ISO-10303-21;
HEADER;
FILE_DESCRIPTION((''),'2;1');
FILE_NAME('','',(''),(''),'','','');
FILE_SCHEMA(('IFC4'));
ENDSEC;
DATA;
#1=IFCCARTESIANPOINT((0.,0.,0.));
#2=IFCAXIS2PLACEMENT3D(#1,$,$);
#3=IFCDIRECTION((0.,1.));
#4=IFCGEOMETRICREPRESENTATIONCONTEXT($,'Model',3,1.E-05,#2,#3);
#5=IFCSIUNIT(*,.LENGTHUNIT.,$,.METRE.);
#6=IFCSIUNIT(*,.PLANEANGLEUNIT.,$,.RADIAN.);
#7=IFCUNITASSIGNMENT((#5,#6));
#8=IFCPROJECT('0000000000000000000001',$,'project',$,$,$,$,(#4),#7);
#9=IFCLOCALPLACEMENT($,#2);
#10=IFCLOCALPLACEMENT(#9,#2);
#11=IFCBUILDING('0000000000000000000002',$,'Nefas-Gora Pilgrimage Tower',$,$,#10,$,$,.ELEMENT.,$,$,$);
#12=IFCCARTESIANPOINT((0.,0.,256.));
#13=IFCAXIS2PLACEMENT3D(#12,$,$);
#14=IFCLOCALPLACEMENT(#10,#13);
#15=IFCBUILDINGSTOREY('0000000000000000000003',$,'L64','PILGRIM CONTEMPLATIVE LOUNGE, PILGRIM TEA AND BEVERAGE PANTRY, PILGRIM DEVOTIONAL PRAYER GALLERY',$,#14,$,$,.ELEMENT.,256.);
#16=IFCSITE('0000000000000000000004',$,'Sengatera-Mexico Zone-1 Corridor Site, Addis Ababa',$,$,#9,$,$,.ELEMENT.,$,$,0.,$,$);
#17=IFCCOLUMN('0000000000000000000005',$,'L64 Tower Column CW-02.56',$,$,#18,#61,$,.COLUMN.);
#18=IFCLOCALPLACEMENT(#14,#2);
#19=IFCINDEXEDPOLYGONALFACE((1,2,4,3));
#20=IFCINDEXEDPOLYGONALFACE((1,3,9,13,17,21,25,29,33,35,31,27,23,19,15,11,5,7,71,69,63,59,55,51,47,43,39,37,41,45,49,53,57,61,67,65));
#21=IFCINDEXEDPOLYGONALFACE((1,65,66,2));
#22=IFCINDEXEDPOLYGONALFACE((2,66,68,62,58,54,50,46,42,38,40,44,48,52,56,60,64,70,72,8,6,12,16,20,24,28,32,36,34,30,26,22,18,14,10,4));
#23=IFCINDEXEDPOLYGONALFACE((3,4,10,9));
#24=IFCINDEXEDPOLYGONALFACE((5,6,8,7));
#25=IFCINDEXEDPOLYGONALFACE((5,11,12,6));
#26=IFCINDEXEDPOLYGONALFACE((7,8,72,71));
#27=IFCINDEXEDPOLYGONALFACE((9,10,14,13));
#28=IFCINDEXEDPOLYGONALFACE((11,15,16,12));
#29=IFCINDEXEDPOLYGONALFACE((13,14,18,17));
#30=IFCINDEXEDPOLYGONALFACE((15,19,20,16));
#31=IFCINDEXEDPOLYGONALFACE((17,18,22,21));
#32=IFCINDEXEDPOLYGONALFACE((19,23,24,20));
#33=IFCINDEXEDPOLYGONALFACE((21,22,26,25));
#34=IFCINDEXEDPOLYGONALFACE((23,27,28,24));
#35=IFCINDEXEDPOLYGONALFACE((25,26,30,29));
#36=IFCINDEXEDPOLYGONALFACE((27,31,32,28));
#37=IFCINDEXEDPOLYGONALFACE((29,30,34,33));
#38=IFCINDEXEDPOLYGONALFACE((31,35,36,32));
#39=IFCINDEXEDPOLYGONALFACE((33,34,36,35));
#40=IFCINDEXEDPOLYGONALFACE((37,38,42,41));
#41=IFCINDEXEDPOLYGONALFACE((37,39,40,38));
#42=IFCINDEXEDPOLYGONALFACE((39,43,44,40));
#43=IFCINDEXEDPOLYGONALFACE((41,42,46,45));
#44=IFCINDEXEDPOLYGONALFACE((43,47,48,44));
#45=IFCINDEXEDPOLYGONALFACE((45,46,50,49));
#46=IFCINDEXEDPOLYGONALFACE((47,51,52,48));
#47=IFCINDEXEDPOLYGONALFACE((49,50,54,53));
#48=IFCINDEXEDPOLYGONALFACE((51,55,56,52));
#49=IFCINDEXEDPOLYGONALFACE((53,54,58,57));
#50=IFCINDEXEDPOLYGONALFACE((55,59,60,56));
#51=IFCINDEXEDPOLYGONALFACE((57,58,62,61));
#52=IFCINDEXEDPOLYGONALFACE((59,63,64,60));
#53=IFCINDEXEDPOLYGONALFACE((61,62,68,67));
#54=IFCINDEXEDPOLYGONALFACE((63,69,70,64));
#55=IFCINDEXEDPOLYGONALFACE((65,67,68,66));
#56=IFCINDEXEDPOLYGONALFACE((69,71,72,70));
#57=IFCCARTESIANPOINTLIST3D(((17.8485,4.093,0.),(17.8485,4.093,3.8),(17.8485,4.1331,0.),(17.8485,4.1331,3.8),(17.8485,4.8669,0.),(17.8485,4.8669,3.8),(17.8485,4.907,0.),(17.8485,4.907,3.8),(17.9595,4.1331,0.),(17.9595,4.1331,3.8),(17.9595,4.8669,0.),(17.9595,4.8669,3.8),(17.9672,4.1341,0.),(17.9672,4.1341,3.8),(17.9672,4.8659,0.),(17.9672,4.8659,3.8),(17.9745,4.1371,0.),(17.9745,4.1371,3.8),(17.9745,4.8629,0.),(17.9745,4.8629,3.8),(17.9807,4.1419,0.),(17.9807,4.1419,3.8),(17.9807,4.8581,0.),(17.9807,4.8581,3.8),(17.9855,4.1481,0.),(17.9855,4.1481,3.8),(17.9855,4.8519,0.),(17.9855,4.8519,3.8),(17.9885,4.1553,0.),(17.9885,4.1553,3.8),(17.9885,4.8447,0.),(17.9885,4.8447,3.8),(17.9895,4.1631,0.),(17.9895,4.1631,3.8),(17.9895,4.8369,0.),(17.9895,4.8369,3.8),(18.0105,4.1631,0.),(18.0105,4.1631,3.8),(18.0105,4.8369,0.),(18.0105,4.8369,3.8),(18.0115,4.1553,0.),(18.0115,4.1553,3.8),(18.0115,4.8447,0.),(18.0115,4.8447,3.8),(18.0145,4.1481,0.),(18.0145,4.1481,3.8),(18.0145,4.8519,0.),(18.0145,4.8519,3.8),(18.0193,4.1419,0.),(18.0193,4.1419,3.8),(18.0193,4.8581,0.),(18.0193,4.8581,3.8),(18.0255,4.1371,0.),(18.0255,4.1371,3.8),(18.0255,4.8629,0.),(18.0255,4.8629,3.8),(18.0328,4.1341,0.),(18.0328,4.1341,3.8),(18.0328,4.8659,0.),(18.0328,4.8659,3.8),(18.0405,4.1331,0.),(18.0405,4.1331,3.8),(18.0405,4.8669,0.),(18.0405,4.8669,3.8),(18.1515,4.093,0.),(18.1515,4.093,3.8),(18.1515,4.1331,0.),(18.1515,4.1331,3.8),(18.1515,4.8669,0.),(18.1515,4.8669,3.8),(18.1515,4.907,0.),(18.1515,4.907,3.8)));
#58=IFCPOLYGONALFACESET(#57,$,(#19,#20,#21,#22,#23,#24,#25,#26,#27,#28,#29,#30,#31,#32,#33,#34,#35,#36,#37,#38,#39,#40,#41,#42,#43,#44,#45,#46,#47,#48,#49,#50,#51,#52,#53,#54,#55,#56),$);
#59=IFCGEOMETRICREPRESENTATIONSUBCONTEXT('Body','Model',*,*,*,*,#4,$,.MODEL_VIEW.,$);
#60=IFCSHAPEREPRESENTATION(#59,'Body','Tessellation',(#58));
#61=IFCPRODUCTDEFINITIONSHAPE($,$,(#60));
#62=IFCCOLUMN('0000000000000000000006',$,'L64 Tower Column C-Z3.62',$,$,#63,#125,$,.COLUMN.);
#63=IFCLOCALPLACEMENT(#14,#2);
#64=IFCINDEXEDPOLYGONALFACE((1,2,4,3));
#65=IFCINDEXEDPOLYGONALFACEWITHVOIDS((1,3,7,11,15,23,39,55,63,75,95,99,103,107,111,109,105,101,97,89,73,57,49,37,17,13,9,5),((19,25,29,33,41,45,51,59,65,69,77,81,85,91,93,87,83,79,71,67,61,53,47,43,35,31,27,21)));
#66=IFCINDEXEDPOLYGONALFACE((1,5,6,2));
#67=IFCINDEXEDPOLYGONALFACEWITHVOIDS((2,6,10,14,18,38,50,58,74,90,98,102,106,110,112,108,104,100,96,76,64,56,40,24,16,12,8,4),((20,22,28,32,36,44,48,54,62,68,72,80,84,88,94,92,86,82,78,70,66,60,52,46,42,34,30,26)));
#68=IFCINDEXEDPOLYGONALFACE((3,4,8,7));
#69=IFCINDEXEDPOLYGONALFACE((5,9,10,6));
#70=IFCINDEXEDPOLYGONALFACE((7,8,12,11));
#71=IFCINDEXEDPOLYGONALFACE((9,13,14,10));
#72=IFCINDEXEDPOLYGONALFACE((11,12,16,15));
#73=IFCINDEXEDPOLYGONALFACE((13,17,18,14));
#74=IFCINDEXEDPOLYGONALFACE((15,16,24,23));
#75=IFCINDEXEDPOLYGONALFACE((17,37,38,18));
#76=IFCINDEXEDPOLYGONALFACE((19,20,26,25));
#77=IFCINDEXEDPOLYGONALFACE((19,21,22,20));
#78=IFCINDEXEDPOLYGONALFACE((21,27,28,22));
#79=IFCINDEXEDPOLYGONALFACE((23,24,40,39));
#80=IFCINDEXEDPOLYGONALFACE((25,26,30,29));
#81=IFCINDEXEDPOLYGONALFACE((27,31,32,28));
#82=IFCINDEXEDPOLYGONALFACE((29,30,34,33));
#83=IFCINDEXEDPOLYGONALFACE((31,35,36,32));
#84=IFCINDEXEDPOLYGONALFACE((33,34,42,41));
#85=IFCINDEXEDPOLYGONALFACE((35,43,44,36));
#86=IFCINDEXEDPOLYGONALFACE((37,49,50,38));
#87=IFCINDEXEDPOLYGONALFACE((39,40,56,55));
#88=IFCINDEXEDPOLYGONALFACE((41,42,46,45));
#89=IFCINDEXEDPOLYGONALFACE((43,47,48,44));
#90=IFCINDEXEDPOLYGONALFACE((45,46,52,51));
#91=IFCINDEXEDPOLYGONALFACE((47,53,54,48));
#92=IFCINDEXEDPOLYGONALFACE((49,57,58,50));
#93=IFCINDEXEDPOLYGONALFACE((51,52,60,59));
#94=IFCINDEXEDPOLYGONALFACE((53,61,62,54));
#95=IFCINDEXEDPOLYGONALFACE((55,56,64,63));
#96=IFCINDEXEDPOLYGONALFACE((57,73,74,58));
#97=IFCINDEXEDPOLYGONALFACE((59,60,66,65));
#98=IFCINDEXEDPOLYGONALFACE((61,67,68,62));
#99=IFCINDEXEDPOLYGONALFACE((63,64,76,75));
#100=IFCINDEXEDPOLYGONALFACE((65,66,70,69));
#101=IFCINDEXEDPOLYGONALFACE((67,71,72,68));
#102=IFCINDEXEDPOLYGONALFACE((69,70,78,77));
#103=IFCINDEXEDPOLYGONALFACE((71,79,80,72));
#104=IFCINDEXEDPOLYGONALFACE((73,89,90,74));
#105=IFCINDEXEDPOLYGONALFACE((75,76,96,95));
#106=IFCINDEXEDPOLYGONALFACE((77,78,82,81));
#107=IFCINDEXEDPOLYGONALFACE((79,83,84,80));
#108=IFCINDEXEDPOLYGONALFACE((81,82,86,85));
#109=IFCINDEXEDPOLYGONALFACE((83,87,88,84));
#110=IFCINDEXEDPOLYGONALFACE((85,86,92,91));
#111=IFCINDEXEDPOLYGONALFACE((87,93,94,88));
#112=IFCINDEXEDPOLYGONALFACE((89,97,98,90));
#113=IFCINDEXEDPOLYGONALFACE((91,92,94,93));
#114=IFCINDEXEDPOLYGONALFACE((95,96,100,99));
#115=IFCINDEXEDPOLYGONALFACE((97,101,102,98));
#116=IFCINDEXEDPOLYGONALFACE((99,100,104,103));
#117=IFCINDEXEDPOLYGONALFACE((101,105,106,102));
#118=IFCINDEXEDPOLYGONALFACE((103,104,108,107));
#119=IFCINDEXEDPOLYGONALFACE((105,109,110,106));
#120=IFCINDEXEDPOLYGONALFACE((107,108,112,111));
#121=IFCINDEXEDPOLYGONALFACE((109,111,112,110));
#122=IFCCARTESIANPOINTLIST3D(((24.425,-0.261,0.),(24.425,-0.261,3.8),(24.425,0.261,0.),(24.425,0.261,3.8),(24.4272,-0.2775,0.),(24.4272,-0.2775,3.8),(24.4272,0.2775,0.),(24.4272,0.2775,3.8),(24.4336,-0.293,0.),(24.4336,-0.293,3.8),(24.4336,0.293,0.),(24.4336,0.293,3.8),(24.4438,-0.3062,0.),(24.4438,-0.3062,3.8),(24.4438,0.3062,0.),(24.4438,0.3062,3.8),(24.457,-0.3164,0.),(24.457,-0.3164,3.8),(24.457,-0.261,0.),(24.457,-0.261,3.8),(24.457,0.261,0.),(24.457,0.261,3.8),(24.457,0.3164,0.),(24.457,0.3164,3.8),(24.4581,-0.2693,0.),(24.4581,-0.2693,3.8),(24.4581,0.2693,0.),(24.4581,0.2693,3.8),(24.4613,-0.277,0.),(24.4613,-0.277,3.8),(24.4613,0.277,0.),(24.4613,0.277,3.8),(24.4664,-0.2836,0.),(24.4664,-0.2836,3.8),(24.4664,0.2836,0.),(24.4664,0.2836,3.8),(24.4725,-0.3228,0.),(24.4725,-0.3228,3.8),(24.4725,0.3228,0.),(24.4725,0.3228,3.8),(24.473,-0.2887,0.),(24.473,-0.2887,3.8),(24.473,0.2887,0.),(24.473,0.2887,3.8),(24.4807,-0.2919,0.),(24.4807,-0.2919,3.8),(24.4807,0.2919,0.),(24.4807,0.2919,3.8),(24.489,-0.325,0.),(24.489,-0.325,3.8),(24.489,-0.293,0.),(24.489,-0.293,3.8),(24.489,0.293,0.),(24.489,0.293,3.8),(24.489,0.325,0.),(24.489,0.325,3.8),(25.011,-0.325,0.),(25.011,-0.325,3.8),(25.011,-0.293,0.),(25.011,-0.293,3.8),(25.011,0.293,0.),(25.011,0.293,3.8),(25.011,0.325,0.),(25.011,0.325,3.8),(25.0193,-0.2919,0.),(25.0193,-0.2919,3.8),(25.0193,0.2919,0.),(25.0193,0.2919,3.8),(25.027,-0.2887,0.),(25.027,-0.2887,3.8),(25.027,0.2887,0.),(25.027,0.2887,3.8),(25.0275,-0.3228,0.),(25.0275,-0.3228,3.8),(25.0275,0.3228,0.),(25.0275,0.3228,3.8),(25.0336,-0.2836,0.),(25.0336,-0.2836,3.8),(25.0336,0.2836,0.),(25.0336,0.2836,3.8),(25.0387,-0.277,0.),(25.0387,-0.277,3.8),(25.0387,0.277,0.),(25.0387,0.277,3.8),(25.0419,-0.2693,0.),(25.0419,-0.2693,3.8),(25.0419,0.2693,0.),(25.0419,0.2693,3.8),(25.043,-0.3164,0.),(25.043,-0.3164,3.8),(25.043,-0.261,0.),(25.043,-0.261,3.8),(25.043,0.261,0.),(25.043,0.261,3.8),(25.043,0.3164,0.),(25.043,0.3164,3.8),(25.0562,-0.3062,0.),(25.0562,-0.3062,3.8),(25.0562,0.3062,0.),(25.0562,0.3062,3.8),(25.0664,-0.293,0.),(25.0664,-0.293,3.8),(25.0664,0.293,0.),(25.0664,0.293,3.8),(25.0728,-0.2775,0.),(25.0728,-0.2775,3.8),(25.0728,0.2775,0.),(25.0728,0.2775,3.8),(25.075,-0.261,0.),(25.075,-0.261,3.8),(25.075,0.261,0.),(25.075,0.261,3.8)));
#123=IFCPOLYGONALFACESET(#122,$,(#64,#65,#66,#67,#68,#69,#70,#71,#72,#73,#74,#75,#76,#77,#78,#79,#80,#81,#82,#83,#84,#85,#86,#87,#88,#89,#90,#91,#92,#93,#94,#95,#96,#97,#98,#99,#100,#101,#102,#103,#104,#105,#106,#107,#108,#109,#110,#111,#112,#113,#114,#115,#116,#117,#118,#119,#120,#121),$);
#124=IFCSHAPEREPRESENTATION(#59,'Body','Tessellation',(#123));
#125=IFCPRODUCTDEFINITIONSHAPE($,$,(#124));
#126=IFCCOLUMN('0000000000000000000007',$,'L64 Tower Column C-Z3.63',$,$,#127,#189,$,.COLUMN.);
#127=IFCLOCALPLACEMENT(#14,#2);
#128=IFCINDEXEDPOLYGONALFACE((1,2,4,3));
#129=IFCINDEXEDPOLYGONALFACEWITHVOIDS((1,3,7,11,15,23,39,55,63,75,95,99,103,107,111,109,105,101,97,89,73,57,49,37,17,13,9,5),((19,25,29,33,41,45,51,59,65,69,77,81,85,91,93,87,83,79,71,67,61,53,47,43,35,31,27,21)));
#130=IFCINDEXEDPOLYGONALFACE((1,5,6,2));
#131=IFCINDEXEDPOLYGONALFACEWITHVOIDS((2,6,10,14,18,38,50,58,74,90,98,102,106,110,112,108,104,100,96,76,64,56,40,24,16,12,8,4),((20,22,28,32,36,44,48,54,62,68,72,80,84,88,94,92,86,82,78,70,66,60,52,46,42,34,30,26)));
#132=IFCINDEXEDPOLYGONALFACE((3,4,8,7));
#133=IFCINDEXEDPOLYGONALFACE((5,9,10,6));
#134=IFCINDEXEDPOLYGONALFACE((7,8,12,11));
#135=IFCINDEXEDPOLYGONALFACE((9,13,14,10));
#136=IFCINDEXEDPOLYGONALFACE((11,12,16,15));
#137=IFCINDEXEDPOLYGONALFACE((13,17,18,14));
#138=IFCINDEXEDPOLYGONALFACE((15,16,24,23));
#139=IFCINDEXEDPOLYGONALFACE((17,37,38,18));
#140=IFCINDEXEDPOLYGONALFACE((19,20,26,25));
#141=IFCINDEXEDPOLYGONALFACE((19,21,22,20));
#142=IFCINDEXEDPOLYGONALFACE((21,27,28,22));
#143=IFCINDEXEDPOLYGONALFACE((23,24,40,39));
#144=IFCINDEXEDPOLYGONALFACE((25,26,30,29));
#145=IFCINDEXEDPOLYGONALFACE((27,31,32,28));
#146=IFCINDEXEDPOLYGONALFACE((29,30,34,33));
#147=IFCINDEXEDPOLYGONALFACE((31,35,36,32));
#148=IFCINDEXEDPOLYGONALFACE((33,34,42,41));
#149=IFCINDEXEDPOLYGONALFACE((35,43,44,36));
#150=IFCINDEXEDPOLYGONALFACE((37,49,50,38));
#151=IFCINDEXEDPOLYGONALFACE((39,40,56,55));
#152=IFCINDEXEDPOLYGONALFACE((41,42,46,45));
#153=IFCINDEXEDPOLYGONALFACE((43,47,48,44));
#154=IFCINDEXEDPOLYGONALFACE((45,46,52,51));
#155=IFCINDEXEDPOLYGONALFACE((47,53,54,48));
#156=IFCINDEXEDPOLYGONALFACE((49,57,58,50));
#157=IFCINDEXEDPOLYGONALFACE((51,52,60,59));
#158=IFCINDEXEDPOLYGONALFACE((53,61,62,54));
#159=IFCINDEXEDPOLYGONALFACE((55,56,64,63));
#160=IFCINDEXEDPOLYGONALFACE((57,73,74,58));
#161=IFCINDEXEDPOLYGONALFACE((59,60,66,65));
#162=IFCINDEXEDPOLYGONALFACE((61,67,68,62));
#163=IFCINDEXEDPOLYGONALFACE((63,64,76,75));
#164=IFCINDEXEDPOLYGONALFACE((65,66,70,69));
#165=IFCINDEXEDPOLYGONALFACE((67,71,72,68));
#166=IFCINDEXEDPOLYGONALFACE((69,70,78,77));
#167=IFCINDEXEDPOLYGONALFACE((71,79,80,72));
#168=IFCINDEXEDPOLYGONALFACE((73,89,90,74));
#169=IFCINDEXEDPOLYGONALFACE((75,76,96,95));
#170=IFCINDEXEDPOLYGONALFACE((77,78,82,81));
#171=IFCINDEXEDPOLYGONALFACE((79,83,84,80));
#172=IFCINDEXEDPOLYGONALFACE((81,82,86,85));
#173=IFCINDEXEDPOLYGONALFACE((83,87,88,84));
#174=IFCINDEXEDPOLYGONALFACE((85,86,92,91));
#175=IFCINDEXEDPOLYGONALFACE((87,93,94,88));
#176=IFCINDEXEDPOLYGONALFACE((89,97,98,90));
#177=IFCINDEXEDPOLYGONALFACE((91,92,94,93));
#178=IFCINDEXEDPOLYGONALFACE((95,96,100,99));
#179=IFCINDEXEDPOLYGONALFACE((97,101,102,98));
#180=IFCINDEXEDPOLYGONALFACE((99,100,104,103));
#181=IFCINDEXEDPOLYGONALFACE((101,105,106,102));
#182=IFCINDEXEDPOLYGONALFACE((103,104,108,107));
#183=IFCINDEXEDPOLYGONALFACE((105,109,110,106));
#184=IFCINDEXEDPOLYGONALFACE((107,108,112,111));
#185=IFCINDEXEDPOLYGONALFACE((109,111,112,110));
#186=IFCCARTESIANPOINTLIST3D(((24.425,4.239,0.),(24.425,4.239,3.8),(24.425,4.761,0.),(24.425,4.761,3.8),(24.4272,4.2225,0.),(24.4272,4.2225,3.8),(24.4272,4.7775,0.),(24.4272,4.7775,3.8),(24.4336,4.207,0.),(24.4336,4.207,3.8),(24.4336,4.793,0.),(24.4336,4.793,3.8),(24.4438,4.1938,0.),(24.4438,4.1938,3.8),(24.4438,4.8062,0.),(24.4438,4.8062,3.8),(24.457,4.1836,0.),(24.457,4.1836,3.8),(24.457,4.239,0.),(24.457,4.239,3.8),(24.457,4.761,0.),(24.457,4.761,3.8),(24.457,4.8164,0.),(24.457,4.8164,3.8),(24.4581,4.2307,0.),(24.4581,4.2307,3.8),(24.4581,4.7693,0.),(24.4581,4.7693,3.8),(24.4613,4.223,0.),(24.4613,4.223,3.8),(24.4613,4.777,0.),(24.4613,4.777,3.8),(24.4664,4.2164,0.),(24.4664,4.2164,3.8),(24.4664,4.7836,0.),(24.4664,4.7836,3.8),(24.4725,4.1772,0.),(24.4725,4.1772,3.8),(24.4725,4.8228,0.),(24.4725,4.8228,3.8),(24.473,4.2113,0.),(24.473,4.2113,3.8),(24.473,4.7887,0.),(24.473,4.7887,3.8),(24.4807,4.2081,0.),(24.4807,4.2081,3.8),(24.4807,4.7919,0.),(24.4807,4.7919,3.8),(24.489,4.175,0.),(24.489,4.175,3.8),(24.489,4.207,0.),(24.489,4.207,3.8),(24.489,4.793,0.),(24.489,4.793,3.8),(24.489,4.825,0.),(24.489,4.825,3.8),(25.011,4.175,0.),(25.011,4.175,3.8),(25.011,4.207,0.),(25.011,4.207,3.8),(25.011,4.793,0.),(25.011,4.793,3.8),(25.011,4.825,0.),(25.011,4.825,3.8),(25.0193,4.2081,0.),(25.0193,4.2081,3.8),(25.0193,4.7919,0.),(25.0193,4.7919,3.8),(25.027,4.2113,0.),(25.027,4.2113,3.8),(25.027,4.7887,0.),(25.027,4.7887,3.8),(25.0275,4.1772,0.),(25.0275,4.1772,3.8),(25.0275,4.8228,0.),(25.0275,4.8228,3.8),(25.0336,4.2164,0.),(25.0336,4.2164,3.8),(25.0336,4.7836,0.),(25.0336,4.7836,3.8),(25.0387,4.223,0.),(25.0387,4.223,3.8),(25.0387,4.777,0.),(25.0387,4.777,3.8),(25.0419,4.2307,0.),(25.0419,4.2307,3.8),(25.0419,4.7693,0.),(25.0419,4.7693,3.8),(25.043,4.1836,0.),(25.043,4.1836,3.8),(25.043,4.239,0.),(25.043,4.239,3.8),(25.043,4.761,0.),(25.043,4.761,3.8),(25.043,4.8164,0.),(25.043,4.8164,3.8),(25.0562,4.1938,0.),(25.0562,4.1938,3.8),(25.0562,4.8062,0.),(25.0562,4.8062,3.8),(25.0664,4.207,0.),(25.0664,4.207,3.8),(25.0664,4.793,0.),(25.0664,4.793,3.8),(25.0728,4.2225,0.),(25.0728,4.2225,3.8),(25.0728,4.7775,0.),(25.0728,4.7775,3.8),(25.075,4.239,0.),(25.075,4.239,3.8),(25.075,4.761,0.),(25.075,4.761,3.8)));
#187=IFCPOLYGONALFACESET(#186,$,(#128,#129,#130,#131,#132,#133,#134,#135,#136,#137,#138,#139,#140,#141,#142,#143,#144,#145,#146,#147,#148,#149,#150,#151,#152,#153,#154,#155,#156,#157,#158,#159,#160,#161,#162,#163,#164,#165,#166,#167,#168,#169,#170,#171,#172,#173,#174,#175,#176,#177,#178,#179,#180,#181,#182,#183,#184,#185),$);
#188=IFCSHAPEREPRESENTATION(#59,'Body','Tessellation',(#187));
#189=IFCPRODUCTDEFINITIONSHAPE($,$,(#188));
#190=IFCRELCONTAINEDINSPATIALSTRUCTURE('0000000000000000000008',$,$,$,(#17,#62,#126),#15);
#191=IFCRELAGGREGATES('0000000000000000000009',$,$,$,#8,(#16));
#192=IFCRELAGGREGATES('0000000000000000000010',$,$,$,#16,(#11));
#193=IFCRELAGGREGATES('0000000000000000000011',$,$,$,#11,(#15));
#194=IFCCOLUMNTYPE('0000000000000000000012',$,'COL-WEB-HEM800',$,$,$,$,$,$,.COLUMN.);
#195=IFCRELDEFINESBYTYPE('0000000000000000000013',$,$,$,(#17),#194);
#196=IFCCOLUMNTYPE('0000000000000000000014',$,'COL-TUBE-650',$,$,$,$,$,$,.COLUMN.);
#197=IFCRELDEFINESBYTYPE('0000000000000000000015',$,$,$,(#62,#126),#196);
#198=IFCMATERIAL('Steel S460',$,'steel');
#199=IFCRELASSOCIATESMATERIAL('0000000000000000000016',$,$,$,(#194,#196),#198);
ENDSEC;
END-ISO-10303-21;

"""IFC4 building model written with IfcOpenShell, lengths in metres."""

from ifc_helpers import new_model, si_unit, direction, frame, origin, origin_2d, place, context, subcontext, project, spatial, hollow_rectangle, i_section, extrude, source, transform, mapped, material, material_profile, profile_set, type_object, element, save


model = new_model("IFC4")

# Units and contexts
model_context = context("Model", 3, precision=1e-05, world=origin(), true_north=direction((0.0, 1.0)))
body_context = subcontext(model_context, "Body", "Model", "MODEL_VIEW")
ifc_project = project(units=[si_unit("LENGTHUNIT", "METRE"), si_unit("PLANEANGLEUNIT", "RADIAN")], contexts=[model_context])

# Site, building, storey
site_placement = place(None, origin())
site = spatial("IfcSite", under=ifc_project, at=site_placement, Name="Sengatera-Mexico Zone-1 Corridor Site, Addis Ababa", CompositionType="ELEMENT", RefElevation=0.0)
building_placement = place(site_placement, origin())
building = spatial("IfcBuilding", under=site, at=building_placement, Name="Nefas-Gora Pilgrimage Tower", CompositionType="ELEMENT")
storey_placement = place(building_placement, frame((0.0, 0.0, 256.0)))
storey = spatial("IfcBuildingStorey", under=building, at=storey_placement, Name="L64", Description="PILGRIM CONTEMPLATIVE LOUNGE, PILGRIM TEA AND BEVERAGE PANTRY, PILGRIM DEVOTIONAL PRAYER GALLERY", CompositionType="ELEMENT", Elevation=256.0)

# Columns
ifc_material_1 = material(Name="Steel S460", Category="steel")
ifc_material_profile_1 = material_profile(ifc_material_1, i_section(OverallWidth=0.303, OverallDepth=0.814, WebThickness=0.021, FlangeThickness=0.04, FilletRadius=0.03, at=origin_2d()), Name="HEM 800")
ifc_profile_set_1 = profile_set([ifc_material_profile_1], Name="Steel S460")
column_type_1 = type_object("IfcColumnType", Name="COL-WEB-HEM800", PredefinedType="COLUMN", material=ifc_profile_set_1)
shared_shape_1 = source(origin(), body_context, "Body", "SweptSolid", [
    extrude(i_section(OverallWidth=0.303, OverallDepth=0.814, WebThickness=0.021, FlangeThickness=0.04, FilletRadius=0.03, at=origin_2d()), origin(), (0.0, 0.0, 1.0), 3.8),
])
for number, where, z_axis, x_axis, name in (
    (1, (18.0, 4.5, 0.0), (0.0, 0.0, 1.0), (1.0, 0.0, 0.0), "L64 Tower Column CW-02.56"),
):
    element("IfcColumn", number, at=place(storey_placement, frame(where, z_axis=z_axis, x_axis=x_axis)), inside=storey, type_object=column_type_1, Name=name, PredefinedType="COLUMN", context=body_context, shape_type="MappedRepresentation", body=[
        mapped(shared_shape_1, transform((0.0, 0.0, 0.0), x_axis=(1.0, 0.0, 0.0), y_axis=(0.0, 1.0, 0.0), z_axis=(0.0, 0.0, 1.0), scale=1.0)),
    ])
ifc_material_profile_2 = material_profile(ifc_material_1, hollow_rectangle(XDim=0.6499, YDim=0.6499, WallThickness=0.032, InnerFilletRadius=0.032, OuterFilletRadius=0.064, at=origin_2d()), Name="BOX 650x650x32")
ifc_profile_set_2 = profile_set([ifc_material_profile_2], Name="Steel S460")
column_type_2 = type_object("IfcColumnType", Name="COL-TUBE-650", PredefinedType="COLUMN", material=ifc_profile_set_2)
shared_shape_2 = source(origin(), body_context, "Body", "SweptSolid", [
    extrude(hollow_rectangle(XDim=0.6499, YDim=0.6499, WallThickness=0.032, InnerFilletRadius=0.032, OuterFilletRadius=0.064, at=origin_2d()), origin(), (0.0, 0.0, 1.0), 3.8),
])
for number, where, z_axis, x_axis, name in (
    (2, (24.75, 0.0, 0.0), (0.0, 0.0, 1.0), (1.0, 0.0, 0.0), "L64 Tower Column C-Z3.62"),
    (3, (24.75, 4.5, 0.0), (0.0, 0.0, 1.0), (1.0, 0.0, 0.0), "L64 Tower Column C-Z3.63"),
):
    element("IfcColumn", number, at=place(storey_placement, frame(where, z_axis=z_axis, x_axis=x_axis)), inside=storey, type_object=column_type_2, Name=name, PredefinedType="COLUMN", context=body_context, shape_type="MappedRepresentation", body=[
        mapped(shared_shape_2, transform((0.0, 0.0, 0.0), x_axis=(1.0, 0.0, 0.0), y_axis=(0.0, 1.0, 0.0), z_axis=(0.0, 0.0, 1.0), scale=1.0)),
    ])

save(model, "model.ifc")
